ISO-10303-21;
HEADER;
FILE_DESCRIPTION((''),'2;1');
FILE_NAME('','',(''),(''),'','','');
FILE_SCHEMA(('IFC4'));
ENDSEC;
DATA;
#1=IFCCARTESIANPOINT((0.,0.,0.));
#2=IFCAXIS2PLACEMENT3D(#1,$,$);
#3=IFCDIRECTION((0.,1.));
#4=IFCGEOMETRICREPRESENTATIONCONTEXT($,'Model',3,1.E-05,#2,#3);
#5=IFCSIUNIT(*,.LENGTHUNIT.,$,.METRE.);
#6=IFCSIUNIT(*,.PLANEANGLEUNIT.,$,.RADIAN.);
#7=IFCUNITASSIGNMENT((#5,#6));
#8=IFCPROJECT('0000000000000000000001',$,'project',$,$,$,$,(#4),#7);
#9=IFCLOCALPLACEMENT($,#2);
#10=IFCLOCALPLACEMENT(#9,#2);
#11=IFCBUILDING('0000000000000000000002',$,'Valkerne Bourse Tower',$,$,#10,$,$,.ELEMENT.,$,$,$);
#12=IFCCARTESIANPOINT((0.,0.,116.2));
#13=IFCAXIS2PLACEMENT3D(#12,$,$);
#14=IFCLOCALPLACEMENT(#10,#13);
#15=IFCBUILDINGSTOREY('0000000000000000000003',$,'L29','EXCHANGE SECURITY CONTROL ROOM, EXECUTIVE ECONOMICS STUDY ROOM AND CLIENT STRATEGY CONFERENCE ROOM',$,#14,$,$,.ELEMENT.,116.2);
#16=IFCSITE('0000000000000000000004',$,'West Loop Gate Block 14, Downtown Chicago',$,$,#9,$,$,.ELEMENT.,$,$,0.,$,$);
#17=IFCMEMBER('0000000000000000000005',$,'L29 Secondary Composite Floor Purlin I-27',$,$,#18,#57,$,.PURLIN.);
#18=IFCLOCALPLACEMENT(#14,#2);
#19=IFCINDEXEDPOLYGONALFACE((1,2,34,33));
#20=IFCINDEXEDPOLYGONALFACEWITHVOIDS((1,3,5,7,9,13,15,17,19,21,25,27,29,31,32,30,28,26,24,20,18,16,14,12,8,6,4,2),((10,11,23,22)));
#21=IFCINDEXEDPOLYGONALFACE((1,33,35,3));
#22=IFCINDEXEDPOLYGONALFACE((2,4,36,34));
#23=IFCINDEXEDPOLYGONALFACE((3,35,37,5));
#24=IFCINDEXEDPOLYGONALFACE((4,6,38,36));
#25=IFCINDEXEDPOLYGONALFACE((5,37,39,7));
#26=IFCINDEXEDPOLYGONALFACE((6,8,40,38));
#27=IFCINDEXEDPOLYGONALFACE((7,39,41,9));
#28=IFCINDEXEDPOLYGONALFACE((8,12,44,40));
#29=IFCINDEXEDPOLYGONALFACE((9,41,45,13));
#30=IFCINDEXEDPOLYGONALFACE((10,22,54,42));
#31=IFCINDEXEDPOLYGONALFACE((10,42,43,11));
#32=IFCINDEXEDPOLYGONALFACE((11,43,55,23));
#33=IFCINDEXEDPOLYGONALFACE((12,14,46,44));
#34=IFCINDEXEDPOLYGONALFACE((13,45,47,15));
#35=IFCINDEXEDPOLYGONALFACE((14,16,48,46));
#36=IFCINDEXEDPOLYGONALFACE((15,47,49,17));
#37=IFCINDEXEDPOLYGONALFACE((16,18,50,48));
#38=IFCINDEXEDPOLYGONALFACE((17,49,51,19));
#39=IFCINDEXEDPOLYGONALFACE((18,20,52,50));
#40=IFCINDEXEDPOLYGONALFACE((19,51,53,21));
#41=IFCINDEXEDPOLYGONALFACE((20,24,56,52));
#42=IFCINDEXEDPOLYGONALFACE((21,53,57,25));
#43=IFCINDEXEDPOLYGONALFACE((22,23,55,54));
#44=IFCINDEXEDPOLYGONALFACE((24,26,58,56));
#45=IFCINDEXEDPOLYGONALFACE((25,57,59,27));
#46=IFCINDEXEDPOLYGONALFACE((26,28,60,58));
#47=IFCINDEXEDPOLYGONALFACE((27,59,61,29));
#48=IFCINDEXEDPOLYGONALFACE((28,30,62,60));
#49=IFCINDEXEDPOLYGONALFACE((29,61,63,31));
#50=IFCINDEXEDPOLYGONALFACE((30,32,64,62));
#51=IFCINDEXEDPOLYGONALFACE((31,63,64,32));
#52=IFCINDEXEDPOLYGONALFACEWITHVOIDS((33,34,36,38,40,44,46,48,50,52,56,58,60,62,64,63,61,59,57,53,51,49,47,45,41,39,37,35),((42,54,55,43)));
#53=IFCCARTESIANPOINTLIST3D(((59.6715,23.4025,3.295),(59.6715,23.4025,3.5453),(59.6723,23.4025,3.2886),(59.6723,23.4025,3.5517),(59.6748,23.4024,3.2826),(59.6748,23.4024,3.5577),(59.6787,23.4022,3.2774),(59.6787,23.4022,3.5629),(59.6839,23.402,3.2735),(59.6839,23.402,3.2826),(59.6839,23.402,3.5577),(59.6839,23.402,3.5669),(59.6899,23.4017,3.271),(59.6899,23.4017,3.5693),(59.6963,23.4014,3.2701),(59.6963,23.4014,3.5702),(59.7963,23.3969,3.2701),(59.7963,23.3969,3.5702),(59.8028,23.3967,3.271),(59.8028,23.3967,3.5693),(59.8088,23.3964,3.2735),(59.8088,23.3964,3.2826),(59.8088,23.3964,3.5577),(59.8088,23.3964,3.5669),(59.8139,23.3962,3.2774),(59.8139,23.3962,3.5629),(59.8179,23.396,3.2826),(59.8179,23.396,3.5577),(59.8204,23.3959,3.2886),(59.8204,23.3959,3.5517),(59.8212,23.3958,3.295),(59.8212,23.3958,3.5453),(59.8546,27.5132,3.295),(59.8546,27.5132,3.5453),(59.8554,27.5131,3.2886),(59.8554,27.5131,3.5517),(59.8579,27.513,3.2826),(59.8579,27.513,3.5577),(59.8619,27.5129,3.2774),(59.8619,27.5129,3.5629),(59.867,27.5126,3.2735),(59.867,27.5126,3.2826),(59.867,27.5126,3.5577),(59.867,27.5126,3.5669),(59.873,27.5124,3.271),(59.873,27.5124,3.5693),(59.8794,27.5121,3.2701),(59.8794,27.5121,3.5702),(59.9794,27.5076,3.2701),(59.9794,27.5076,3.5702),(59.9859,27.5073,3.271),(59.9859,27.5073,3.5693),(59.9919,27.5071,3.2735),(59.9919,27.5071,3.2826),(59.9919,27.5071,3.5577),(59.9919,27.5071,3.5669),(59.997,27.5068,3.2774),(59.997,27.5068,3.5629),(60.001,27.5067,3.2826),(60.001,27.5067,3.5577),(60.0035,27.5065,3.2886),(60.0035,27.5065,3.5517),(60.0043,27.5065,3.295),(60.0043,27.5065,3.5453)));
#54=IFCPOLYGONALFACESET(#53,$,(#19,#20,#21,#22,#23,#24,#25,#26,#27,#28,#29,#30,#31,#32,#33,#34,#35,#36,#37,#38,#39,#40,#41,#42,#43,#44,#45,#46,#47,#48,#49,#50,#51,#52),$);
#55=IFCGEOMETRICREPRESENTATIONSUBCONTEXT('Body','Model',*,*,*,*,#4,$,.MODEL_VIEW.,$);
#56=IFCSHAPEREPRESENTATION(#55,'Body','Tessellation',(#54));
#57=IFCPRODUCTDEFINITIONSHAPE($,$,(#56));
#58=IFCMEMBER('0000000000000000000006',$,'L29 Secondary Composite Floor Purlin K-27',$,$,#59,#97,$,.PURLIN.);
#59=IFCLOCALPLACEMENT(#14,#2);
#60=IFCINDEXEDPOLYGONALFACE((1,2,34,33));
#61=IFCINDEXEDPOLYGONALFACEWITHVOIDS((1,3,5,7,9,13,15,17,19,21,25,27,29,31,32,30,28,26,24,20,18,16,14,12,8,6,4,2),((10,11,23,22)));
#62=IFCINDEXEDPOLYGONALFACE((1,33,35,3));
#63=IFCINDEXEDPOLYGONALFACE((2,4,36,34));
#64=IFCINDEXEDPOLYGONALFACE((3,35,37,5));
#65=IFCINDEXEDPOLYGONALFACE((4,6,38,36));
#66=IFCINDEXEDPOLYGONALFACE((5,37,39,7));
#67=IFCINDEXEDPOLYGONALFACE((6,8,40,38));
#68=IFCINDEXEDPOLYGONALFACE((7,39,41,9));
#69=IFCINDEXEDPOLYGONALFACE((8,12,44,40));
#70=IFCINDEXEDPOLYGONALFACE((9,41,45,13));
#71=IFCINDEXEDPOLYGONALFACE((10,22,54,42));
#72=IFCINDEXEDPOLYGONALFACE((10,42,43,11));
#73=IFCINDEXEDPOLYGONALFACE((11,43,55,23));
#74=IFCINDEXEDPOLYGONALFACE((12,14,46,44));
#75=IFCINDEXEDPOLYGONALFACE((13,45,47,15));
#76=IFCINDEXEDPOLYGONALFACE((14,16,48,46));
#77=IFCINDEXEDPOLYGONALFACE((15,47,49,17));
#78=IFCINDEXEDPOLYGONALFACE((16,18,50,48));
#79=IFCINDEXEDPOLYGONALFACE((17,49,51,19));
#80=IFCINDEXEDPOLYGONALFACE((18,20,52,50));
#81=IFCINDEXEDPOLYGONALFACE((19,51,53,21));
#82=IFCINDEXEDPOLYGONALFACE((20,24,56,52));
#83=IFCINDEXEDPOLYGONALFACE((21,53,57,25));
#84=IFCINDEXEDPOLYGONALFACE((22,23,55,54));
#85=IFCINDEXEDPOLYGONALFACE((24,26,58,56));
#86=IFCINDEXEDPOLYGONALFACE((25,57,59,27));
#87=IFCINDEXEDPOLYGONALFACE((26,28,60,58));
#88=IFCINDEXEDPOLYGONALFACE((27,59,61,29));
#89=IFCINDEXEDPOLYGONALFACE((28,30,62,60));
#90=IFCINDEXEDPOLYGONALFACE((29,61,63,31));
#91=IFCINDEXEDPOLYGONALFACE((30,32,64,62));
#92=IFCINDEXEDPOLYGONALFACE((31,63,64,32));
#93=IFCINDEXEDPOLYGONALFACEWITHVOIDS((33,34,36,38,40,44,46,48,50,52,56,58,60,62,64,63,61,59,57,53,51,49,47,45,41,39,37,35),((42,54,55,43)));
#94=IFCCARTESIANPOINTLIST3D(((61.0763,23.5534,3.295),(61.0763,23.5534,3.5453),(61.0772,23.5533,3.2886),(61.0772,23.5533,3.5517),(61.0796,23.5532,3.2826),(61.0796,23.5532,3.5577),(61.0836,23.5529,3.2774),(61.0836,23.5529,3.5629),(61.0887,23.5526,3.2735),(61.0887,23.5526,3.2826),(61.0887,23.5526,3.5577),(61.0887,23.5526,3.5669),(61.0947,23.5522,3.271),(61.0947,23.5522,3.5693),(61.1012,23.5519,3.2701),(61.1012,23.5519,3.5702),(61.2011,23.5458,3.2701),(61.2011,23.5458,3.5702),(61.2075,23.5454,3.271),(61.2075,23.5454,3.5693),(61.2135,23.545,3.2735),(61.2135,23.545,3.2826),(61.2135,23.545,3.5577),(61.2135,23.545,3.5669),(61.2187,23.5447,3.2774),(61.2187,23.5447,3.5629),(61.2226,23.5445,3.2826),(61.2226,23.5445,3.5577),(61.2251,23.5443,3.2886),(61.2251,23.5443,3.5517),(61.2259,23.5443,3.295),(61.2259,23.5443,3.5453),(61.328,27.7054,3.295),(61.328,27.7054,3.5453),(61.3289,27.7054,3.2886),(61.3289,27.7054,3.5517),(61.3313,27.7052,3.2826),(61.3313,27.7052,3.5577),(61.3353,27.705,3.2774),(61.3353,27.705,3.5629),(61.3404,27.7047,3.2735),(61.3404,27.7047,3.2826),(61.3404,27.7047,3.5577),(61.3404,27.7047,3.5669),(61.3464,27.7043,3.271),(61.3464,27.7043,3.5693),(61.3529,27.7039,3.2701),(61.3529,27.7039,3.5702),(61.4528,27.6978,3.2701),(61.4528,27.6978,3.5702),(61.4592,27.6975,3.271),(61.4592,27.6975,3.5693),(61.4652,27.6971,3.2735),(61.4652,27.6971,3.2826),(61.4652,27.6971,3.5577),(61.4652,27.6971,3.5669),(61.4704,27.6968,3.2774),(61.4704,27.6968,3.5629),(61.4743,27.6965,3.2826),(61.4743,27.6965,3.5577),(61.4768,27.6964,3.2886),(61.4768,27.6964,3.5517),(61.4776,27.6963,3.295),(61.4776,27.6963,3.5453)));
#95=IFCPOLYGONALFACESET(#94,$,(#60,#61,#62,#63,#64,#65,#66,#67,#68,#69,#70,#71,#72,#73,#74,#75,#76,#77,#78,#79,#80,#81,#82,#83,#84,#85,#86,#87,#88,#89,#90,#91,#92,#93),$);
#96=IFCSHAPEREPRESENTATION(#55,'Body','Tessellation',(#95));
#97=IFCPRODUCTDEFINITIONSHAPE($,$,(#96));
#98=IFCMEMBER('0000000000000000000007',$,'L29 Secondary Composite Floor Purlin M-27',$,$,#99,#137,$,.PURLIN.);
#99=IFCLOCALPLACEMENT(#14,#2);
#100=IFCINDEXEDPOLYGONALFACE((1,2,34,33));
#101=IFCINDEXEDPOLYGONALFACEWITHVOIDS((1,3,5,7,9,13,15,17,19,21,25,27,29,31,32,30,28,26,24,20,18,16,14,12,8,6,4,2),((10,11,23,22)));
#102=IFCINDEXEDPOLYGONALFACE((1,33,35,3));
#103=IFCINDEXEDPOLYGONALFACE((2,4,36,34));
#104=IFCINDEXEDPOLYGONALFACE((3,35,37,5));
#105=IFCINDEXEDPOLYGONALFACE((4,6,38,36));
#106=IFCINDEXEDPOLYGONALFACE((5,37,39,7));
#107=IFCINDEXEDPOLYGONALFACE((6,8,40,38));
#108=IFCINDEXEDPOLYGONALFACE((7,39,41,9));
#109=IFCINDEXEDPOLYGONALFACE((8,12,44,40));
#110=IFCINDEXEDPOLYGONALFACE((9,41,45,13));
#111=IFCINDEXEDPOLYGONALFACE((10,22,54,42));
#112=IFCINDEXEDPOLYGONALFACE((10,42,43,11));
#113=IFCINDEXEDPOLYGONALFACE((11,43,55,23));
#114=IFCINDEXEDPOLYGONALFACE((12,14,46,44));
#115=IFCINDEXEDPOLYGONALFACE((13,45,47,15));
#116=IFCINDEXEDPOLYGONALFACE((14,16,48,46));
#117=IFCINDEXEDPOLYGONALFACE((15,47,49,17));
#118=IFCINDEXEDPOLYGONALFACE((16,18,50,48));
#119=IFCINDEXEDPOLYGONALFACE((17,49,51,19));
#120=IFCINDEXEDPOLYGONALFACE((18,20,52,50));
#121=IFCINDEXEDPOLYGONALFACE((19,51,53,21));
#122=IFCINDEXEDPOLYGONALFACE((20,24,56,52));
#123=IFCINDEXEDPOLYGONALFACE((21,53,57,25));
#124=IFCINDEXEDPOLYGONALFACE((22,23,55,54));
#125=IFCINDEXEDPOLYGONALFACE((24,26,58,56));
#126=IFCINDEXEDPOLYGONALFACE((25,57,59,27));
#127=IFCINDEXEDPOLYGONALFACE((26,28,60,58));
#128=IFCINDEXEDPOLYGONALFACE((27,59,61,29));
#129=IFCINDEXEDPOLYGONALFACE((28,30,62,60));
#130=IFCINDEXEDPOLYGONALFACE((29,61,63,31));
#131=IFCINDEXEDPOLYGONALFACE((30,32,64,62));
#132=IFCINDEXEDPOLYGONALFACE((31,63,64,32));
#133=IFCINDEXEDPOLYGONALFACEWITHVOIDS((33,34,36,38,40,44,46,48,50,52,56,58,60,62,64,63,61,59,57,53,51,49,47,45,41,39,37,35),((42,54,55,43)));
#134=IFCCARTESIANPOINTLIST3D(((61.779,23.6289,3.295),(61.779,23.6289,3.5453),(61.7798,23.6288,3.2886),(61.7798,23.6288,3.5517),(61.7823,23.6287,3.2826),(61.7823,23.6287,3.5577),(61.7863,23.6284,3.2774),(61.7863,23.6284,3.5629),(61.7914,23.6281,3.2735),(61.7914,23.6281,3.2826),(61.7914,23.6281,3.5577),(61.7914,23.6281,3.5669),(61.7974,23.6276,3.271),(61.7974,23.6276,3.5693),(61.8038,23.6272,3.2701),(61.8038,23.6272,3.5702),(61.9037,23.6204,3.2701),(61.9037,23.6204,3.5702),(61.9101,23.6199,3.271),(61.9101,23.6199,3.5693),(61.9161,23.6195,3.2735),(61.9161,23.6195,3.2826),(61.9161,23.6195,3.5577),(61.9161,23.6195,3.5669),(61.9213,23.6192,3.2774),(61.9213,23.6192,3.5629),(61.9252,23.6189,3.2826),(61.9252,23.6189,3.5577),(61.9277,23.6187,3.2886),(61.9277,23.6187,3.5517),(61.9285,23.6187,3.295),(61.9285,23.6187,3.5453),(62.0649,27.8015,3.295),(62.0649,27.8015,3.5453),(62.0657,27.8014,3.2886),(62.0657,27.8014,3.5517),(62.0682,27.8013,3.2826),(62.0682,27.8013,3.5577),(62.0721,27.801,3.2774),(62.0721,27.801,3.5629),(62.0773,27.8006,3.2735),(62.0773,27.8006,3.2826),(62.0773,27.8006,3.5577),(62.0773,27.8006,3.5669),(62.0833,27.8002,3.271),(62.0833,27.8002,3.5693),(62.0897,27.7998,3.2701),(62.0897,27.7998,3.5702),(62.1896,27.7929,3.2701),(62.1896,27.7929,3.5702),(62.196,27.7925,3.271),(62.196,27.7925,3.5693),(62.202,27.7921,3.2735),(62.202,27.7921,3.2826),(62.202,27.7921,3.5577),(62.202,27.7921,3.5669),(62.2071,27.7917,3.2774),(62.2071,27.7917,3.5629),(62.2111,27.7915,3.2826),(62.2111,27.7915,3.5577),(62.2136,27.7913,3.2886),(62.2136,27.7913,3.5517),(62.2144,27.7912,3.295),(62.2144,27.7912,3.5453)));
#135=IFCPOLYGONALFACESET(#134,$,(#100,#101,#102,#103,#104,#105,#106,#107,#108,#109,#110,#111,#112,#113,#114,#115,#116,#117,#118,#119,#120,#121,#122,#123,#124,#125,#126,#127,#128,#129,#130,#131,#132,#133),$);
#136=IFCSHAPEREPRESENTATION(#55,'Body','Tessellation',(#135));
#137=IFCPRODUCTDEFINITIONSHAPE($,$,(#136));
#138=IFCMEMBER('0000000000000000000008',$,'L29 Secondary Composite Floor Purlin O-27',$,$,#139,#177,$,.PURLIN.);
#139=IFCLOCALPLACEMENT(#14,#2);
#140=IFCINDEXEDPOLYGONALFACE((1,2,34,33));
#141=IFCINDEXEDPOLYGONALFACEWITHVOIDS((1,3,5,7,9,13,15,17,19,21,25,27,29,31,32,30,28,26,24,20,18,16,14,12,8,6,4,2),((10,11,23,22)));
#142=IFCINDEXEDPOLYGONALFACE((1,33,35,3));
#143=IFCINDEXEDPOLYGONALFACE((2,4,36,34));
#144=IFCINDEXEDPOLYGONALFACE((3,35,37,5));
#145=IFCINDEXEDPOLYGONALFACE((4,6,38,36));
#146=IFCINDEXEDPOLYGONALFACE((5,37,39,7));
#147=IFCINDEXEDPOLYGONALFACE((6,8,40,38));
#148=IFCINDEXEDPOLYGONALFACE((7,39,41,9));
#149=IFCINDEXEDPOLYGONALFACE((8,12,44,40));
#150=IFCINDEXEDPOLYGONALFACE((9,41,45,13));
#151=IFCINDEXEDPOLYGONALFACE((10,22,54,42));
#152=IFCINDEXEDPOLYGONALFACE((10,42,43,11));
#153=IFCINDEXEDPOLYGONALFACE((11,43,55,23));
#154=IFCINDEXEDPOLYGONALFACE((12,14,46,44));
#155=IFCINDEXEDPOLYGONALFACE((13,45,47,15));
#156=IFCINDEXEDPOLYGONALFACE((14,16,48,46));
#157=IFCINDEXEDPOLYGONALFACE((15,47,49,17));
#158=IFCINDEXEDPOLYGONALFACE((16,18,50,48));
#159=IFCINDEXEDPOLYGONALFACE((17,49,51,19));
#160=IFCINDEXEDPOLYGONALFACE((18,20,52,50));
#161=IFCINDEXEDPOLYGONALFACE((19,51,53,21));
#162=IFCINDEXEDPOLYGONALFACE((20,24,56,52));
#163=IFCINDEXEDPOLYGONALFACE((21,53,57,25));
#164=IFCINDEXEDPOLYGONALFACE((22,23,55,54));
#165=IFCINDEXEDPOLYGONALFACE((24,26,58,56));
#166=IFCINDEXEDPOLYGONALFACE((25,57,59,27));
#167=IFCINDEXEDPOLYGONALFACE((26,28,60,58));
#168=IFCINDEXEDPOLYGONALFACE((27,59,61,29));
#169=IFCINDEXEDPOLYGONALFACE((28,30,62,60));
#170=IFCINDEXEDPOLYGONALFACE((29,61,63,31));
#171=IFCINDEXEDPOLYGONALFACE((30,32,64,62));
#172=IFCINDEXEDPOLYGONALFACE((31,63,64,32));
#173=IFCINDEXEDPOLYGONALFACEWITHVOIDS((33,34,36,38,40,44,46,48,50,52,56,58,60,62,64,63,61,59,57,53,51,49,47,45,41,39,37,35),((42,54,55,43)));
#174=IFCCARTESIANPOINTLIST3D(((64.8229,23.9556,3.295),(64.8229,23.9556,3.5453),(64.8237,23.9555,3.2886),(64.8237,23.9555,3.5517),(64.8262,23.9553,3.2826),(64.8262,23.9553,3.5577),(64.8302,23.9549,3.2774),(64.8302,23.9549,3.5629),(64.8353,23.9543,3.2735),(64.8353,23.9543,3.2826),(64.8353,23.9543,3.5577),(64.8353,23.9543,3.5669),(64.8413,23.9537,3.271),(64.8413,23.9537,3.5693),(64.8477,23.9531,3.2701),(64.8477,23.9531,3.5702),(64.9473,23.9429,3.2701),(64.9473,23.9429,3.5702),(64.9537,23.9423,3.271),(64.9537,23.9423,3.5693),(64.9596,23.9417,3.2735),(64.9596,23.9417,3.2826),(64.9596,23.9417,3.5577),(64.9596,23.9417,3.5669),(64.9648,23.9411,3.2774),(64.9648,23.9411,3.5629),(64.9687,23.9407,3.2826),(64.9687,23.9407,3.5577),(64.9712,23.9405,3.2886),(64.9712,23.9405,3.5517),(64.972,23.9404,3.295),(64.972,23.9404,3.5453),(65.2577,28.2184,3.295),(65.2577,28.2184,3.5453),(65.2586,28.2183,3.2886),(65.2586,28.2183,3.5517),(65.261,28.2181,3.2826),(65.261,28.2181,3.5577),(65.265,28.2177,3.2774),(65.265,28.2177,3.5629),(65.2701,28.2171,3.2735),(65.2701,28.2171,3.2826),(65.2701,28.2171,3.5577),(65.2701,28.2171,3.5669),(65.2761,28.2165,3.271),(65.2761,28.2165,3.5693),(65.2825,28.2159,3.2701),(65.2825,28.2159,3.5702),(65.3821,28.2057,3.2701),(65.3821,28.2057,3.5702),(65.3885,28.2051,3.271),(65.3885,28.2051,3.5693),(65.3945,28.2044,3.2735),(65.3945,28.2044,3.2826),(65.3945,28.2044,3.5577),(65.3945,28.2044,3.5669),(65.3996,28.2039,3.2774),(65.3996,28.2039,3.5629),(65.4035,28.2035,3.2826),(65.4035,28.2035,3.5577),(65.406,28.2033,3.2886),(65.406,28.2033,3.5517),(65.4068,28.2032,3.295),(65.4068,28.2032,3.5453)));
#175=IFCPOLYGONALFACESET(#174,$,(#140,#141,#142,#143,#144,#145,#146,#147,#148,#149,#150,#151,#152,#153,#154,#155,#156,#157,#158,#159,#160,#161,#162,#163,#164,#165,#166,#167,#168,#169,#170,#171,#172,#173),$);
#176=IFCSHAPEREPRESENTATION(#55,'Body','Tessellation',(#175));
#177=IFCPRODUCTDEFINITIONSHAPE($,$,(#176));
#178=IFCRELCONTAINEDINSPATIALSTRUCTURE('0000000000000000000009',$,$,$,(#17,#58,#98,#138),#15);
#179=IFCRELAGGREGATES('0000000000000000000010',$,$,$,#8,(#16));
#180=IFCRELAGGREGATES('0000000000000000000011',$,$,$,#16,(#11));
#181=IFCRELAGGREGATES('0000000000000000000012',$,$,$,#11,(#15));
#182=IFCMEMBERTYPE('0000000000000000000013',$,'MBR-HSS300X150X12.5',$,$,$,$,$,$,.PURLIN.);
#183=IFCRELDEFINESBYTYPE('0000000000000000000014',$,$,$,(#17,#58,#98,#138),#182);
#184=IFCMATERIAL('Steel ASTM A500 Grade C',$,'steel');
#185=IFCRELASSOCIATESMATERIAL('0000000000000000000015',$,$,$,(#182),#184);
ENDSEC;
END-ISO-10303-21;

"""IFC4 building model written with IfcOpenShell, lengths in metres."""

from ifc_helpers import new_model, si_unit, direction, frame, origin, origin_2d, place, context, subcontext, project, spatial, hollow_rectangle, extrude, material, material_profile, profile_set, type_object, element, save


model = new_model("IFC4")

# Units and contexts
model_context = context("Model", 3, precision=1e-05, world=origin(), true_north=direction((0.0, 1.0)))
body_context = subcontext(model_context, "Body", "Model", "MODEL_VIEW")
ifc_project = project(units=[si_unit("LENGTHUNIT", "METRE"), si_unit("PLANEANGLEUNIT", "RADIAN")], contexts=[model_context])

# Site, building, storey
site_placement = place(None, origin())
site = spatial("IfcSite", under=ifc_project, at=site_placement, Name="West Loop Gate Block 14, Downtown Chicago", CompositionType="ELEMENT", RefElevation=0.0)
building_placement = place(site_placement, origin())
building = spatial("IfcBuilding", under=site, at=building_placement, Name="Valkerne Bourse Tower", CompositionType="ELEMENT")
storey_placement = place(building_placement, frame((0.0, 0.0, 116.2)))
storey = spatial("IfcBuildingStorey", under=building, at=storey_placement, Name="L29", Description="EXCHANGE SECURITY CONTROL ROOM, EXECUTIVE ECONOMICS STUDY ROOM AND CLIENT STRATEGY CONFERENCE ROOM", CompositionType="ELEMENT", Elevation=116.2)

# Members
ifc_material_1 = material(Name="Steel ASTM A500 Grade C", Category="steel")
ifc_material_profile_1 = material_profile(ifc_material_1, hollow_rectangle(XDim=0.1499, YDim=0.3, WallThickness=0.0125, OuterFilletRadius=0.0249, at=origin_2d()), Name="HSS300X150X12.5")
ifc_profile_set_1 = profile_set([ifc_material_profile_1], Name="Steel ASTM A500 Grade C")
member_type_1 = type_object("IfcMemberType", Name="MBR-HSS300X150X12.5", PredefinedType="PURLIN", material=ifc_profile_set_1)
member_1_placement = place(storey_placement, frame((59.7463, 23.3992, 3.4202), z_axis=(0.044501, 0.999009, 0.0), x_axis=(-0.999009, 0.044501, 0.0)))
element("IfcMember", 1, at=member_1_placement, inside=storey, type_object=member_type_1, Name="L29 Secondary Composite Floor Purlin I-27", PredefinedType="PURLIN", context=body_context, shape_type="SweptSolid", body=[
    extrude(hollow_rectangle(XDim=0.1499, YDim=0.3, WallThickness=0.0125, OuterFilletRadius=0.0249, at=origin_2d()), origin(), (0.0, 0.0, 1.0), 4.1147),
])
member_2_placement = place(storey_placement, frame((61.1511, 23.5488, 3.4202), z_axis=(0.060511, 0.998168, 0.0), x_axis=(-0.998168, 0.060511, 0.0)))
element("IfcMember", 2, at=member_2_placement, inside=storey, type_object=member_type_1, Name="L29 Secondary Composite Floor Purlin K-27", PredefinedType="PURLIN", context=body_context, shape_type="SweptSolid", body=[
    extrude(hollow_rectangle(XDim=0.1499, YDim=0.3, WallThickness=0.0125, OuterFilletRadius=0.0249, at=origin_2d()), origin(), (0.0, 0.0, 1.0), 4.1597),
])
member_3_placement = place(storey_placement, frame((61.8538, 23.6238, 3.4202), z_axis=(0.068355, 0.997661, 0.0), x_axis=(-0.997661, 0.068355, 0.0)))
element("IfcMember", 3, at=member_3_placement, inside=storey, type_object=member_type_1, Name="L29 Secondary Composite Floor Purlin M-27", PredefinedType="PURLIN", context=body_context, shape_type="SweptSolid", body=[
    extrude(hollow_rectangle(XDim=0.1499, YDim=0.3, WallThickness=0.0125, OuterFilletRadius=0.0249, at=origin_2d()), origin(), (0.0, 0.0, 1.0), 4.1824),
])
member_4_placement = place(storey_placement, frame((64.8975, 23.948, 3.4202), z_axis=(0.101478, 0.994838, 0.0), x_axis=(-0.994838, 0.101478, 0.0)))
element("IfcMember", 4, at=member_4_placement, inside=storey, type_object=member_type_1, Name="L29 Secondary Composite Floor Purlin O-27", PredefinedType="PURLIN", context=body_context, shape_type="SweptSolid", body=[
    extrude(hollow_rectangle(XDim=0.1499, YDim=0.3, WallThickness=0.0125, OuterFilletRadius=0.0249, at=origin_2d()), origin(), (0.0, 0.0, 1.0), 4.2849),
])

save(model, "model.ifc")
